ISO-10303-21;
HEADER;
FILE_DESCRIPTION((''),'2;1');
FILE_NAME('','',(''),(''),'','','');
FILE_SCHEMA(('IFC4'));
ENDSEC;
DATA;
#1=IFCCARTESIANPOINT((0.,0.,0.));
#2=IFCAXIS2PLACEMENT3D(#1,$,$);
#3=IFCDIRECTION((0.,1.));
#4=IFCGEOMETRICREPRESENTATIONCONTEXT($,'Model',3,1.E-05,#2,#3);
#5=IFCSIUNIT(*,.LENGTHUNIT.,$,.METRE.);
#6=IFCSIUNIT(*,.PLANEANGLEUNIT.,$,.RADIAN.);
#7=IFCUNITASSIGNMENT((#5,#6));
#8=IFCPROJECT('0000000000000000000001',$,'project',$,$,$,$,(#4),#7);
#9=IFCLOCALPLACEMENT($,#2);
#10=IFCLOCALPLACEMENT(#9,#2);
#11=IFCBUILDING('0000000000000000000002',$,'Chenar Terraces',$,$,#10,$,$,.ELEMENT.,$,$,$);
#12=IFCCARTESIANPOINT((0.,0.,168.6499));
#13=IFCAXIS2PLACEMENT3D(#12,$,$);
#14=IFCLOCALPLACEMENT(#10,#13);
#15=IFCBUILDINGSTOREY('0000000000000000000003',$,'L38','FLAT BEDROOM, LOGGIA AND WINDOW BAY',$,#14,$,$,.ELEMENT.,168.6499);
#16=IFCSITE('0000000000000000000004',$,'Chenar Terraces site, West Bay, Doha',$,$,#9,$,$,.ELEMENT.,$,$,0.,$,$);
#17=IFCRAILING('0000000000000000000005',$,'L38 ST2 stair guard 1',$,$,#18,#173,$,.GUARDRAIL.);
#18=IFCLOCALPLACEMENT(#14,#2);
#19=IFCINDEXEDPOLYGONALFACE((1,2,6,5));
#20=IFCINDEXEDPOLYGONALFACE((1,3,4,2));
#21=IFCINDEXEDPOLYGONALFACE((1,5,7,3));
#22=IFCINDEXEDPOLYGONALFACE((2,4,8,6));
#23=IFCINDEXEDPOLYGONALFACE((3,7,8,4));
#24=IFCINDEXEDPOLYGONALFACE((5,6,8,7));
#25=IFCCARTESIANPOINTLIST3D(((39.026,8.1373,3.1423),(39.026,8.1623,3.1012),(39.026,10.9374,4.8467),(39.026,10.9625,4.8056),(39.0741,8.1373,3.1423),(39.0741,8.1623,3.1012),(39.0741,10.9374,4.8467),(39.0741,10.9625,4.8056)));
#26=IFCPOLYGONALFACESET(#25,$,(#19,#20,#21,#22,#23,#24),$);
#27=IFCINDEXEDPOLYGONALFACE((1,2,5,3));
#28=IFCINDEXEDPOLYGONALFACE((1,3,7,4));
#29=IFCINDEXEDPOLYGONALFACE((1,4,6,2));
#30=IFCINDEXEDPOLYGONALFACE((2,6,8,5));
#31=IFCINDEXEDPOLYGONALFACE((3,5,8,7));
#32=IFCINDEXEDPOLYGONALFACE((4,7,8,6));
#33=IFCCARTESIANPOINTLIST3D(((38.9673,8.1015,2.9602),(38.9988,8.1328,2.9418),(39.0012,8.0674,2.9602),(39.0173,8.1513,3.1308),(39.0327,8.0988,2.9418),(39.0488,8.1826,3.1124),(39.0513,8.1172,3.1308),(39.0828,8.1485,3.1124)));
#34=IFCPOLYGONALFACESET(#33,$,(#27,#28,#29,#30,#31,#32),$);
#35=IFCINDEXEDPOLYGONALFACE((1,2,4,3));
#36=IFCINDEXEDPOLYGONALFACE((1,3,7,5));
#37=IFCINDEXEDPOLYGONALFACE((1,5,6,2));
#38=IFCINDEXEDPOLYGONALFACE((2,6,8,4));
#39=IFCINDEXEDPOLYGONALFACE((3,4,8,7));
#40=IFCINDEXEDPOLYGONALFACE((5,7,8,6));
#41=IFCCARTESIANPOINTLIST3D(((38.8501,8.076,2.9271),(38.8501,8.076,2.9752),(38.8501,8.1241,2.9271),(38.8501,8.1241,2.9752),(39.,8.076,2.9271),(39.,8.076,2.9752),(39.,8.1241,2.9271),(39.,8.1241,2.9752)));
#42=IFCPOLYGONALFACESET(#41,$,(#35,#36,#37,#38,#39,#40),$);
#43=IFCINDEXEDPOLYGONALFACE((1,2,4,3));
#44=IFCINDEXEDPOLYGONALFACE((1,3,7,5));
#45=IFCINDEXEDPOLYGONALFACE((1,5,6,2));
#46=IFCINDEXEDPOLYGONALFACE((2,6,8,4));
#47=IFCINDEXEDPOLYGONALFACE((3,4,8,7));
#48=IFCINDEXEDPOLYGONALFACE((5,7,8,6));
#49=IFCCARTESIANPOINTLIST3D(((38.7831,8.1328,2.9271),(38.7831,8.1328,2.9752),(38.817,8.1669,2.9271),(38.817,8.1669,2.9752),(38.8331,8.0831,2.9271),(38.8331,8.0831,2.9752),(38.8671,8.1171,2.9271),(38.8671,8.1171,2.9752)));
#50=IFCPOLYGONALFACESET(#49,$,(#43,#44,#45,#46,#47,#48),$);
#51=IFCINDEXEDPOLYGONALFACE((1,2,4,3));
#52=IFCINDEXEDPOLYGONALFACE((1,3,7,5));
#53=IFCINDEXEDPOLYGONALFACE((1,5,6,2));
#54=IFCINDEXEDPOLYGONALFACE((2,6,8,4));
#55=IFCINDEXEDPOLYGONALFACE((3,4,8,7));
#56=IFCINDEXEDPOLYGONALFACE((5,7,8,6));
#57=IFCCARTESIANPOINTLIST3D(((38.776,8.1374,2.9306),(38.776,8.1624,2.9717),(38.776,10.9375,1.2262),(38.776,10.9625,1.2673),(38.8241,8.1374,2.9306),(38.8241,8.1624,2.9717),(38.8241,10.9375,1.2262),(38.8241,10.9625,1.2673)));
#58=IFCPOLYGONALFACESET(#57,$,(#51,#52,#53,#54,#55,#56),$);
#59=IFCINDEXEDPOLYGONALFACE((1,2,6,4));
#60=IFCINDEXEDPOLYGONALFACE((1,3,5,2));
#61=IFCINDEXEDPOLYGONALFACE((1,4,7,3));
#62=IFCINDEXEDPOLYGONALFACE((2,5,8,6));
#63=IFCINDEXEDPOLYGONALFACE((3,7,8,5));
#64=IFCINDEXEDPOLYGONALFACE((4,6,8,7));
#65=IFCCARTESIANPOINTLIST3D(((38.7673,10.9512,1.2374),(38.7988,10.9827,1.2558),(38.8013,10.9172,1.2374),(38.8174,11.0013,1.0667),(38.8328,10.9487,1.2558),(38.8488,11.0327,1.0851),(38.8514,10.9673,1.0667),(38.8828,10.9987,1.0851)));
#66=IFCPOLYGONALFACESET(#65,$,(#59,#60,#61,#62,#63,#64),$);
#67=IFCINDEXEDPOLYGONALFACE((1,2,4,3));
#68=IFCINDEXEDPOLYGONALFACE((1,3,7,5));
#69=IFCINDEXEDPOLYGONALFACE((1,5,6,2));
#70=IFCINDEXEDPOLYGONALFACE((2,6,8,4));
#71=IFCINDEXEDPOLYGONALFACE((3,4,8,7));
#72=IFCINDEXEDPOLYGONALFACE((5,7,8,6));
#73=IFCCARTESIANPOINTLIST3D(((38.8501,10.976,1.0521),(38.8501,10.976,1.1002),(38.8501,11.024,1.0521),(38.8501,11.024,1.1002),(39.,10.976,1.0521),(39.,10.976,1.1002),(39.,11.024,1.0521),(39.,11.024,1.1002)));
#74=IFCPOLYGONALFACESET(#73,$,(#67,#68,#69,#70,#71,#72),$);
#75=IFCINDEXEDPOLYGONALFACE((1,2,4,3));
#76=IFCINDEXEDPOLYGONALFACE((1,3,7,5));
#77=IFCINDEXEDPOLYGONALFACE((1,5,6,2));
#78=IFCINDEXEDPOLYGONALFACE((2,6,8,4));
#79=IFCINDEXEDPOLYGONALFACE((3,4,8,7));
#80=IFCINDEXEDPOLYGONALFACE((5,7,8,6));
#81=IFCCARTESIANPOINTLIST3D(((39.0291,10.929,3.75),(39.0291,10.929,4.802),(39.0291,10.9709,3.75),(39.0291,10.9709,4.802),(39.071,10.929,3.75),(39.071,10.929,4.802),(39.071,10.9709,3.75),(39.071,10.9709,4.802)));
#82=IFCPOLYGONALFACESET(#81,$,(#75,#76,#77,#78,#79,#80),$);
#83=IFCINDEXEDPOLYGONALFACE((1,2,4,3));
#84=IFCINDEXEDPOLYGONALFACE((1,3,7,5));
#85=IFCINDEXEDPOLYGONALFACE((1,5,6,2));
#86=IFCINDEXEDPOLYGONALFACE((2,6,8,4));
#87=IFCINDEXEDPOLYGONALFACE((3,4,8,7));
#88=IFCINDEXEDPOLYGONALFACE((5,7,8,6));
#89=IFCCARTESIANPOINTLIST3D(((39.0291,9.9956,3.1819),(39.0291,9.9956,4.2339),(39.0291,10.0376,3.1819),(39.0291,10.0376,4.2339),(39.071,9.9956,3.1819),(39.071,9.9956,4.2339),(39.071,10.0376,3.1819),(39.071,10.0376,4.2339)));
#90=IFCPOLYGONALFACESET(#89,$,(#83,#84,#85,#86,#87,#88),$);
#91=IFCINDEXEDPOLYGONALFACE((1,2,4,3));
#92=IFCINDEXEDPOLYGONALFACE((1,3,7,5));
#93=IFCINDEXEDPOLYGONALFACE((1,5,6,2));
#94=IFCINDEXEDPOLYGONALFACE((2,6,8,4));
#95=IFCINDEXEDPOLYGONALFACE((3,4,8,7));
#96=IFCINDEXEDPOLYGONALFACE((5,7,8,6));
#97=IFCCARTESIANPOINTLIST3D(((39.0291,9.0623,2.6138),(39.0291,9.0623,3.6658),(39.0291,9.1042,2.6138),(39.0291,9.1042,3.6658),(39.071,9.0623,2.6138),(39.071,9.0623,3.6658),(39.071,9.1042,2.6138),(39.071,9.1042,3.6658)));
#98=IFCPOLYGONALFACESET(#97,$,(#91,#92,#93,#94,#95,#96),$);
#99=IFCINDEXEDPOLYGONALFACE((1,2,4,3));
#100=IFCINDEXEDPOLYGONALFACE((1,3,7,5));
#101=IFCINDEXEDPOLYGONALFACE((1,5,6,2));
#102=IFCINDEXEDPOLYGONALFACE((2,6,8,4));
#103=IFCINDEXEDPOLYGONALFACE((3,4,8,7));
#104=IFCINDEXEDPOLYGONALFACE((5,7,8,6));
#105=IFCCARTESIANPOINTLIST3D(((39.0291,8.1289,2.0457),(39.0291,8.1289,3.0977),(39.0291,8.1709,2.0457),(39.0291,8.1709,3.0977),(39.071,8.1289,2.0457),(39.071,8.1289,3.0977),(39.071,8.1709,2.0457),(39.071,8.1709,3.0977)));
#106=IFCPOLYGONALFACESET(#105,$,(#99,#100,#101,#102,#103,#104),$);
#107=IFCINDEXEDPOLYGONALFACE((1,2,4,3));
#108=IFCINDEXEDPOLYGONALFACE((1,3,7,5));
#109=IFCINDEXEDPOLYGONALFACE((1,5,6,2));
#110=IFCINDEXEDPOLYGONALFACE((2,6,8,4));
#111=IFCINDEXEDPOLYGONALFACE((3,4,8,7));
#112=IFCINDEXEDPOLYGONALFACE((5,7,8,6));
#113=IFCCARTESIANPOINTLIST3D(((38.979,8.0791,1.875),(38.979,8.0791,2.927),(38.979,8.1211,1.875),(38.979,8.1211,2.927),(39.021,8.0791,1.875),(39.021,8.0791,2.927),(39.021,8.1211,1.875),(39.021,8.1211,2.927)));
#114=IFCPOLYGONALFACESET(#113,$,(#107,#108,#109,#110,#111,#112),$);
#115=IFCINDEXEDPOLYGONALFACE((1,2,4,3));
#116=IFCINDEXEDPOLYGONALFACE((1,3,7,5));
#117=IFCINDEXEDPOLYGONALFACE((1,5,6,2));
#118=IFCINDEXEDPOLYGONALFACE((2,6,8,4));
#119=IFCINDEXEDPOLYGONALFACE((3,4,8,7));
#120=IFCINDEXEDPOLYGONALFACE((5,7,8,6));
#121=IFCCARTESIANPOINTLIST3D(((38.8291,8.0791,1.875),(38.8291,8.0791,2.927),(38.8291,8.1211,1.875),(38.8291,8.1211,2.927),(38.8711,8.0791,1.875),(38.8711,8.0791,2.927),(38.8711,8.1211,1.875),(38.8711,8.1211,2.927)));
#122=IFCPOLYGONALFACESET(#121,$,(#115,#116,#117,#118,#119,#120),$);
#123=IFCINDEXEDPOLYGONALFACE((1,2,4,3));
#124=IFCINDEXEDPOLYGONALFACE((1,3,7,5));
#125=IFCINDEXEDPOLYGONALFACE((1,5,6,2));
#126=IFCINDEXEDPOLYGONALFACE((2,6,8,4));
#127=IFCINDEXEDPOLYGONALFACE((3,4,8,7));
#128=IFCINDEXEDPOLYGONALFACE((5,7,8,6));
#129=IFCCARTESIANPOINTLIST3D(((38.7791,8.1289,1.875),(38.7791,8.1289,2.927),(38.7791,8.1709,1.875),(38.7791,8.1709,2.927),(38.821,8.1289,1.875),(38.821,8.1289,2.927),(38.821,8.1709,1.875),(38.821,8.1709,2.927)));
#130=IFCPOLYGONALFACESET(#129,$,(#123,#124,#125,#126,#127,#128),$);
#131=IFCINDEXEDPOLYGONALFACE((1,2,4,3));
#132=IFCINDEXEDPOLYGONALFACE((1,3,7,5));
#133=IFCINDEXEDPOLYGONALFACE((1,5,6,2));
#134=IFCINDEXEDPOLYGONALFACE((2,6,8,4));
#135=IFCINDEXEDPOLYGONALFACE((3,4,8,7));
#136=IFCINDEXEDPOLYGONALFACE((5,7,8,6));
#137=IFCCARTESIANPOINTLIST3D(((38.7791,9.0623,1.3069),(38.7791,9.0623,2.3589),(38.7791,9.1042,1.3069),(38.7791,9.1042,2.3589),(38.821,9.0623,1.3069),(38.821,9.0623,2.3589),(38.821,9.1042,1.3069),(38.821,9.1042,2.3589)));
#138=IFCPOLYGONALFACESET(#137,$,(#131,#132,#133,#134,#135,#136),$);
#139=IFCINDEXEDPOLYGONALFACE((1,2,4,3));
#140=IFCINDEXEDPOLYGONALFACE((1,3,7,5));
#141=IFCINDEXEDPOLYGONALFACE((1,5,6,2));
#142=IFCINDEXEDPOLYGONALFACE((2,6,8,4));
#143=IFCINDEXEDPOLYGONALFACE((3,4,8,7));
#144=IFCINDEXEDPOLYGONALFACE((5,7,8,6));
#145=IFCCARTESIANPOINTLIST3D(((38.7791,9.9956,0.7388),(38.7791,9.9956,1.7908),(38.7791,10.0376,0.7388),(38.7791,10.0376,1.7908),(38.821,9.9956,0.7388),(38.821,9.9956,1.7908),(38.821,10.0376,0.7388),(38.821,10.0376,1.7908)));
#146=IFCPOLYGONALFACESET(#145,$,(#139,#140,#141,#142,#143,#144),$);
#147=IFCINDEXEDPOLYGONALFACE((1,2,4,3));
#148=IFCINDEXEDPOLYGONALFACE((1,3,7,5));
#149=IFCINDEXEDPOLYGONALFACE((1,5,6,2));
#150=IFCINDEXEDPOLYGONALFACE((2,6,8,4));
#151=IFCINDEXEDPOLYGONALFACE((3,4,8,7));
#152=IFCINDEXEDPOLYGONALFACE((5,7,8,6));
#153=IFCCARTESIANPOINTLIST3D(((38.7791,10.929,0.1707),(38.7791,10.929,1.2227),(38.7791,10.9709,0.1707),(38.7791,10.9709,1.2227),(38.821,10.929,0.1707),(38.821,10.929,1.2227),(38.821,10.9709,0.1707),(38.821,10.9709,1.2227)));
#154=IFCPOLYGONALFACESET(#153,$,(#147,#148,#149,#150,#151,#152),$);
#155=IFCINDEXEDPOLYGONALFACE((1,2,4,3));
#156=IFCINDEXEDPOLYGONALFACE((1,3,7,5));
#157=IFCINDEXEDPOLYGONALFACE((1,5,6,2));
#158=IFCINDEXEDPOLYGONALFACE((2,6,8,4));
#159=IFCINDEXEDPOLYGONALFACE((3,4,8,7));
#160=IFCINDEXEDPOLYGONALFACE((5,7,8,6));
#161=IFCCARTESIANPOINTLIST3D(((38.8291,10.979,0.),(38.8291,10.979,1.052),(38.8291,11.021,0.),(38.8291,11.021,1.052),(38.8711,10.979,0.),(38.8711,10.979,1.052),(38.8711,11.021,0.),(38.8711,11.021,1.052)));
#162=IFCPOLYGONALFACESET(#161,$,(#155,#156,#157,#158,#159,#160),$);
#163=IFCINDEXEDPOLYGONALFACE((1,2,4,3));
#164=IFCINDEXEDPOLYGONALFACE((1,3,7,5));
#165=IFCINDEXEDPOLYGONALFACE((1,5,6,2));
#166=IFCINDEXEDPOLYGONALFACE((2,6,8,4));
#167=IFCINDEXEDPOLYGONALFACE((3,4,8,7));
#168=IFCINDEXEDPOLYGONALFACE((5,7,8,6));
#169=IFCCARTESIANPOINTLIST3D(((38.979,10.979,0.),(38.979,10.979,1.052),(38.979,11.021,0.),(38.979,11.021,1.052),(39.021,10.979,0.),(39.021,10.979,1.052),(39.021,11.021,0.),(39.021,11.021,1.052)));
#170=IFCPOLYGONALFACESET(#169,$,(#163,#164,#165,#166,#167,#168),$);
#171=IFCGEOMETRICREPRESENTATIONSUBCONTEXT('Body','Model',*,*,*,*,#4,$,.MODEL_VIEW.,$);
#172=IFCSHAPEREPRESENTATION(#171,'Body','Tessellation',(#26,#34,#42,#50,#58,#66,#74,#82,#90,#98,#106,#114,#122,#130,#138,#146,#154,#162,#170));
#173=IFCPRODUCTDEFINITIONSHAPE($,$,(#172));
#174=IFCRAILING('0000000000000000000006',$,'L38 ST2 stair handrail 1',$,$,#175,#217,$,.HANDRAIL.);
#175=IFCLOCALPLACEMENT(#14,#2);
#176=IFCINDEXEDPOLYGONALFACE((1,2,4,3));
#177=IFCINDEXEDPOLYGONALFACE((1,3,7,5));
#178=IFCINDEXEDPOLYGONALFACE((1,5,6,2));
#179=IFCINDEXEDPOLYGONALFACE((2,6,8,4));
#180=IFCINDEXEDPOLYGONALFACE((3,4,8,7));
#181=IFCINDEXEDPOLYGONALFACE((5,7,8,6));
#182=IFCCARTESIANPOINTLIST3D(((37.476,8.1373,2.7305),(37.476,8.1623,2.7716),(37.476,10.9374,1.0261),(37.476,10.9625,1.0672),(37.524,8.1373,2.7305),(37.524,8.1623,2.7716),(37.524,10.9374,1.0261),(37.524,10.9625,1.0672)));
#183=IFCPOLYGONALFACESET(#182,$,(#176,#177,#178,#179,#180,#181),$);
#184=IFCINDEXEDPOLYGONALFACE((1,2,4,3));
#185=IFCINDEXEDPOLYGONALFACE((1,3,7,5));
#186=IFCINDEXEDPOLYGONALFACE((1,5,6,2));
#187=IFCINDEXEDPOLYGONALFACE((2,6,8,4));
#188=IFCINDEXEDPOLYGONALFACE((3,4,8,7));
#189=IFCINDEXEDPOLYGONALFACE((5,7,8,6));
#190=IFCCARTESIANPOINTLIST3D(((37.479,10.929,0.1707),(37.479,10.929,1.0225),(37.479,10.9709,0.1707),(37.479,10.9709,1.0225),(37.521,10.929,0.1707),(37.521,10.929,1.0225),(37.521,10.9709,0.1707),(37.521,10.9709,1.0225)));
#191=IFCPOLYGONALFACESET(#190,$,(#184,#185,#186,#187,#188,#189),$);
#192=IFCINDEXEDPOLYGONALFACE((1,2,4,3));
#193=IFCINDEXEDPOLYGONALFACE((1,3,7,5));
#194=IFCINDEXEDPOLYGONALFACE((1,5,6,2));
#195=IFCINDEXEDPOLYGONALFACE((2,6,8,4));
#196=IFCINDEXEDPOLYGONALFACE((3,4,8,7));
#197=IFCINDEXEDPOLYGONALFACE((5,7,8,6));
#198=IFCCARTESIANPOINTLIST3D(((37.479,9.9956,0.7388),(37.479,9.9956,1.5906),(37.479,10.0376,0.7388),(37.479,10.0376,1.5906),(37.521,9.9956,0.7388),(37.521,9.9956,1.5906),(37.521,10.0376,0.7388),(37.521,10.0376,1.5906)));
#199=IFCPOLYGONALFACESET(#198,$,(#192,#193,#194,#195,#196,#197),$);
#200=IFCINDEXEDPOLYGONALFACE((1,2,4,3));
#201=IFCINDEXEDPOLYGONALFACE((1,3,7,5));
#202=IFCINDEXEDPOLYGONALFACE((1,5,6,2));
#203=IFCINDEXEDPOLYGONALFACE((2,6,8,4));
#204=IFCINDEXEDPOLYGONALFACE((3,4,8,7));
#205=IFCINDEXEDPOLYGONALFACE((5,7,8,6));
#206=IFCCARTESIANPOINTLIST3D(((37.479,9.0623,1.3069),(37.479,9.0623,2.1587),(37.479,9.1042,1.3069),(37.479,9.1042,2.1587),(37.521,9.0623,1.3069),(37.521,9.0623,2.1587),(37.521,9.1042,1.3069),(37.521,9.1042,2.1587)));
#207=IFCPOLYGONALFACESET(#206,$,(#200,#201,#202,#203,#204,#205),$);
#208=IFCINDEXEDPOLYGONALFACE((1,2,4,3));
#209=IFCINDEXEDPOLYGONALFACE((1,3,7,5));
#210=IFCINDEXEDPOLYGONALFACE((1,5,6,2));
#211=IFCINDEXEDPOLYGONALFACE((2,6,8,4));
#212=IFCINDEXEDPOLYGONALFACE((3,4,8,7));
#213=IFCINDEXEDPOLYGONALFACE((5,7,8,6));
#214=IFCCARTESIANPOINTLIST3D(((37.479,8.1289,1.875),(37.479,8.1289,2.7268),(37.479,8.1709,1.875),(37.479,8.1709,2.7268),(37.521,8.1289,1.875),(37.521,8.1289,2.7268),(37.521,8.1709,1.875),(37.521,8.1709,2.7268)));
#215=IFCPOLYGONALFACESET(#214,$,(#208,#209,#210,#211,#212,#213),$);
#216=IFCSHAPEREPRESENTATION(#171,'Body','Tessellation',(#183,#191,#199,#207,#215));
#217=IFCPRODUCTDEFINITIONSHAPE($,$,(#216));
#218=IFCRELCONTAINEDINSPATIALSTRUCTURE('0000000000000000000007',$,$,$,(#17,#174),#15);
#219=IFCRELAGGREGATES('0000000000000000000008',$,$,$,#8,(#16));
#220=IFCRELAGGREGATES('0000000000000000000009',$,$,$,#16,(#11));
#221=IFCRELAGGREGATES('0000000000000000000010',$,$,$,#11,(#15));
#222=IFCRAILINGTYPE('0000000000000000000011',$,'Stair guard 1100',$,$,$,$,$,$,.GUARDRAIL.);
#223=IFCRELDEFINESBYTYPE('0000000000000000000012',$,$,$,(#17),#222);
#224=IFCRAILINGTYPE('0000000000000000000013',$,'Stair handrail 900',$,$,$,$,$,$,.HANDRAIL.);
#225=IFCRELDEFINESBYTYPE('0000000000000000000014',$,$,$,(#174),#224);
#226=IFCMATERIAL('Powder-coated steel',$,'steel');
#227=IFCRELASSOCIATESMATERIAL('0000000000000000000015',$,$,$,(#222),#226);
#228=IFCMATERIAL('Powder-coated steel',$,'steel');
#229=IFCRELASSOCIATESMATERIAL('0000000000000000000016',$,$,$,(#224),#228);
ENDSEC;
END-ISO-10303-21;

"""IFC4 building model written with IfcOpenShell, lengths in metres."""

from ifc_helpers import new_model, si_unit, direction, frame, origin, origin_2d, place, context, subcontext, project, spatial, rectangle, extrude, material, type_object, element, save


model = new_model("IFC4")

# Units and contexts
model_context = context("Model", 3, precision=1e-05, world=origin(), true_north=direction((0.0, 1.0)))
body_context = subcontext(model_context, "Body", "Model", "MODEL_VIEW")
ifc_project = project(units=[si_unit("LENGTHUNIT", "METRE"), si_unit("PLANEANGLEUNIT", "RADIAN")], contexts=[model_context])

# Site, building, storey
site_placement = place(None, origin())
site = spatial("IfcSite", under=ifc_project, at=site_placement, Name="Chenar Terraces site, West Bay, Doha", CompositionType="ELEMENT", RefElevation=0.0)
building_placement = place(site_placement, origin())
building = spatial("IfcBuilding", under=site, at=building_placement, Name="Chenar Terraces", CompositionType="ELEMENT")
storey_placement = place(building_placement, frame((0.0, 0.0, 168.6499)))
storey = spatial("IfcBuildingStorey", under=building, at=storey_placement, Name="L38", Description="FLAT BEDROOM, LOGGIA AND WINDOW BAY", CompositionType="ELEMENT", Elevation=168.6499)

# Railings
ifc_material_1 = material(Name="Powder-coated steel", Category="steel")
railing_type_1 = type_object("IfcRailingType", Name="Stair guard 1100", PredefinedType="GUARDRAIL", material=ifc_material_1)
railing_1_placement = place(storey_placement, frame((39.05, 10.95, 3.75)))
element("IfcRailing", 1, at=railing_1_placement, inside=storey, type_object=railing_type_1, Name="L38 ST2 stair guard 1", PredefinedType="GUARDRAIL", context=body_context, shape_type="SweptSolid", body=[
    extrude(rectangle(XDim=0.0481, YDim=0.0481, at=origin_2d()), frame((0.0, 0.0, 1.0762), z_axis=(0.0, -0.854203, -0.51994), x_axis=(1.0, 0.0, 0.0)), (0.0, 0.0, 1.0), 3.2781),
    extrude(rectangle(XDim=0.0481, YDim=0.0481, at=origin_2d()), frame((0.0, -2.8, -0.6284), z_axis=(-0.270997, -0.269675, -0.924033), x_axis=(0.705376, -0.708834, 0.0)), (0.0, 0.0, 1.0), 0.1846),
    extrude(rectangle(XDim=0.0481, YDim=0.0481, at=origin_2d()), frame((-0.05, -2.8499, -0.7988), z_axis=(-1.0, 0.0, 0.0), x_axis=(0.0, -1.0, 0.0)), (0.0, 0.0, 1.0), 0.1499),
    extrude(rectangle(XDim=0.0481, YDim=0.0481, at=origin_2d()), frame((-0.2, -2.8499, -0.7988), z_axis=(-0.708834, 0.705376, 0.0), x_axis=(-0.705376, -0.708834, 0.0)), (0.0, 0.0, 1.0), 0.0706),
    extrude(rectangle(XDim=0.0481, YDim=0.0481, at=origin_2d()), frame((-0.25, -2.8, -0.7988), z_axis=(0.0, 0.854203, -0.51994), x_axis=(-1.0, 0.0, 0.0)), (0.0, 0.0, 1.0), 3.2781),
    extrude(rectangle(XDim=0.0481, YDim=0.0481, at=origin_2d()), frame((-0.25, 0.0, -2.5034), z_axis=(0.2709, 0.2709, -0.923703), x_axis=(-0.707107, 0.707107, 0.0)), (0.0, 0.0, 1.0), 0.1848),
    extrude(rectangle(XDim=0.0481, YDim=0.0481, at=origin_2d()), frame((-0.2, 0.05, -2.6738), z_axis=(1.0, 0.0, 0.0), x_axis=(0.0, 1.0, 0.0)), (0.0, 0.0, 1.0), 0.1499),
    extrude(rectangle(XDim=0.042, YDim=0.042, at=origin_2d()), origin(), (0.0, 0.0, 1.0), 1.052),
    extrude(rectangle(XDim=0.042, YDim=0.042, at=origin_2d()), frame((0.0, -0.9333, -0.5681)), (0.0, 0.0, 1.0), 1.052),
    extrude(rectangle(XDim=0.042, YDim=0.042, at=origin_2d()), frame((0.0, -1.8667, -1.1362)), (0.0, 0.0, 1.0), 1.052),
    extrude(rectangle(XDim=0.042, YDim=0.042, at=origin_2d()), frame((0.0, -2.8, -1.7043)), (0.0, 0.0, 1.0), 1.052),
    extrude(rectangle(XDim=0.042, YDim=0.042, at=origin_2d()), frame((-0.05, -2.8499, -1.875)), (0.0, 0.0, 1.0), 1.052),
    extrude(rectangle(XDim=0.042, YDim=0.042, at=origin_2d()), frame((-0.2, -2.8499, -1.875)), (0.0, 0.0, 1.0), 1.052),
    extrude(rectangle(XDim=0.042, YDim=0.042, at=origin_2d()), frame((-0.25, -2.8, -1.875)), (0.0, 0.0, 1.0), 1.052),
    extrude(rectangle(XDim=0.042, YDim=0.042, at=origin_2d()), frame((-0.25, -1.8667, -2.4431)), (0.0, 0.0, 1.0), 1.052),
    extrude(rectangle(XDim=0.042, YDim=0.042, at=origin_2d()), frame((-0.25, -0.9333, -3.0112)), (0.0, 0.0, 1.0), 1.052),
    extrude(rectangle(XDim=0.042, YDim=0.042, at=origin_2d()), frame((-0.25, 0.0, -3.5793)), (0.0, 0.0, 1.0), 1.052),
    extrude(rectangle(XDim=0.042, YDim=0.042, at=origin_2d()), frame((-0.2, 0.05, -3.75)), (0.0, 0.0, 1.0), 1.052),
    extrude(rectangle(XDim=0.042, YDim=0.042, at=origin_2d()), frame((-0.05, 0.05, -3.75)), (0.0, 0.0, 1.0), 1.052),
])
ifc_material_2 = material(Name="Powder-coated steel", Category="steel")
railing_type_2 = type_object("IfcRailingType", Name="Stair handrail 900", PredefinedType="HANDRAIL", material=ifc_material_2)
railing_2_placement = place(storey_placement, frame((37.5, 10.95, 0.1707)))
element("IfcRailing", 2, at=railing_2_placement, inside=storey, type_object=railing_type_2, Name="L38 ST2 stair handrail 1", PredefinedType="HANDRAIL", context=body_context, shape_type="SweptSolid", body=[
    extrude(rectangle(XDim=0.0481, YDim=0.0481, at=origin_2d()), frame((0.0, 0.0, 0.876), z_axis=(0.0, -0.854203, 0.51994), x_axis=(1.0, 0.0, 0.0)), (0.0, 0.0, 1.0), 3.2781),
    extrude(rectangle(XDim=0.042, YDim=0.042, at=origin_2d()), origin(), (0.0, 0.0, 1.0), 0.8518),
    extrude(rectangle(XDim=0.042, YDim=0.042, at=origin_2d()), frame((0.0, -0.9333, 0.5681)), (0.0, 0.0, 1.0), 0.8518),
    extrude(rectangle(XDim=0.042, YDim=0.042, at=origin_2d()), frame((0.0, -1.8667, 1.1362)), (0.0, 0.0, 1.0), 0.8518),
    extrude(rectangle(XDim=0.042, YDim=0.042, at=origin_2d()), frame((0.0, -2.8, 1.7043)), (0.0, 0.0, 1.0), 0.8518),
])

save(model, "model.ifc")
